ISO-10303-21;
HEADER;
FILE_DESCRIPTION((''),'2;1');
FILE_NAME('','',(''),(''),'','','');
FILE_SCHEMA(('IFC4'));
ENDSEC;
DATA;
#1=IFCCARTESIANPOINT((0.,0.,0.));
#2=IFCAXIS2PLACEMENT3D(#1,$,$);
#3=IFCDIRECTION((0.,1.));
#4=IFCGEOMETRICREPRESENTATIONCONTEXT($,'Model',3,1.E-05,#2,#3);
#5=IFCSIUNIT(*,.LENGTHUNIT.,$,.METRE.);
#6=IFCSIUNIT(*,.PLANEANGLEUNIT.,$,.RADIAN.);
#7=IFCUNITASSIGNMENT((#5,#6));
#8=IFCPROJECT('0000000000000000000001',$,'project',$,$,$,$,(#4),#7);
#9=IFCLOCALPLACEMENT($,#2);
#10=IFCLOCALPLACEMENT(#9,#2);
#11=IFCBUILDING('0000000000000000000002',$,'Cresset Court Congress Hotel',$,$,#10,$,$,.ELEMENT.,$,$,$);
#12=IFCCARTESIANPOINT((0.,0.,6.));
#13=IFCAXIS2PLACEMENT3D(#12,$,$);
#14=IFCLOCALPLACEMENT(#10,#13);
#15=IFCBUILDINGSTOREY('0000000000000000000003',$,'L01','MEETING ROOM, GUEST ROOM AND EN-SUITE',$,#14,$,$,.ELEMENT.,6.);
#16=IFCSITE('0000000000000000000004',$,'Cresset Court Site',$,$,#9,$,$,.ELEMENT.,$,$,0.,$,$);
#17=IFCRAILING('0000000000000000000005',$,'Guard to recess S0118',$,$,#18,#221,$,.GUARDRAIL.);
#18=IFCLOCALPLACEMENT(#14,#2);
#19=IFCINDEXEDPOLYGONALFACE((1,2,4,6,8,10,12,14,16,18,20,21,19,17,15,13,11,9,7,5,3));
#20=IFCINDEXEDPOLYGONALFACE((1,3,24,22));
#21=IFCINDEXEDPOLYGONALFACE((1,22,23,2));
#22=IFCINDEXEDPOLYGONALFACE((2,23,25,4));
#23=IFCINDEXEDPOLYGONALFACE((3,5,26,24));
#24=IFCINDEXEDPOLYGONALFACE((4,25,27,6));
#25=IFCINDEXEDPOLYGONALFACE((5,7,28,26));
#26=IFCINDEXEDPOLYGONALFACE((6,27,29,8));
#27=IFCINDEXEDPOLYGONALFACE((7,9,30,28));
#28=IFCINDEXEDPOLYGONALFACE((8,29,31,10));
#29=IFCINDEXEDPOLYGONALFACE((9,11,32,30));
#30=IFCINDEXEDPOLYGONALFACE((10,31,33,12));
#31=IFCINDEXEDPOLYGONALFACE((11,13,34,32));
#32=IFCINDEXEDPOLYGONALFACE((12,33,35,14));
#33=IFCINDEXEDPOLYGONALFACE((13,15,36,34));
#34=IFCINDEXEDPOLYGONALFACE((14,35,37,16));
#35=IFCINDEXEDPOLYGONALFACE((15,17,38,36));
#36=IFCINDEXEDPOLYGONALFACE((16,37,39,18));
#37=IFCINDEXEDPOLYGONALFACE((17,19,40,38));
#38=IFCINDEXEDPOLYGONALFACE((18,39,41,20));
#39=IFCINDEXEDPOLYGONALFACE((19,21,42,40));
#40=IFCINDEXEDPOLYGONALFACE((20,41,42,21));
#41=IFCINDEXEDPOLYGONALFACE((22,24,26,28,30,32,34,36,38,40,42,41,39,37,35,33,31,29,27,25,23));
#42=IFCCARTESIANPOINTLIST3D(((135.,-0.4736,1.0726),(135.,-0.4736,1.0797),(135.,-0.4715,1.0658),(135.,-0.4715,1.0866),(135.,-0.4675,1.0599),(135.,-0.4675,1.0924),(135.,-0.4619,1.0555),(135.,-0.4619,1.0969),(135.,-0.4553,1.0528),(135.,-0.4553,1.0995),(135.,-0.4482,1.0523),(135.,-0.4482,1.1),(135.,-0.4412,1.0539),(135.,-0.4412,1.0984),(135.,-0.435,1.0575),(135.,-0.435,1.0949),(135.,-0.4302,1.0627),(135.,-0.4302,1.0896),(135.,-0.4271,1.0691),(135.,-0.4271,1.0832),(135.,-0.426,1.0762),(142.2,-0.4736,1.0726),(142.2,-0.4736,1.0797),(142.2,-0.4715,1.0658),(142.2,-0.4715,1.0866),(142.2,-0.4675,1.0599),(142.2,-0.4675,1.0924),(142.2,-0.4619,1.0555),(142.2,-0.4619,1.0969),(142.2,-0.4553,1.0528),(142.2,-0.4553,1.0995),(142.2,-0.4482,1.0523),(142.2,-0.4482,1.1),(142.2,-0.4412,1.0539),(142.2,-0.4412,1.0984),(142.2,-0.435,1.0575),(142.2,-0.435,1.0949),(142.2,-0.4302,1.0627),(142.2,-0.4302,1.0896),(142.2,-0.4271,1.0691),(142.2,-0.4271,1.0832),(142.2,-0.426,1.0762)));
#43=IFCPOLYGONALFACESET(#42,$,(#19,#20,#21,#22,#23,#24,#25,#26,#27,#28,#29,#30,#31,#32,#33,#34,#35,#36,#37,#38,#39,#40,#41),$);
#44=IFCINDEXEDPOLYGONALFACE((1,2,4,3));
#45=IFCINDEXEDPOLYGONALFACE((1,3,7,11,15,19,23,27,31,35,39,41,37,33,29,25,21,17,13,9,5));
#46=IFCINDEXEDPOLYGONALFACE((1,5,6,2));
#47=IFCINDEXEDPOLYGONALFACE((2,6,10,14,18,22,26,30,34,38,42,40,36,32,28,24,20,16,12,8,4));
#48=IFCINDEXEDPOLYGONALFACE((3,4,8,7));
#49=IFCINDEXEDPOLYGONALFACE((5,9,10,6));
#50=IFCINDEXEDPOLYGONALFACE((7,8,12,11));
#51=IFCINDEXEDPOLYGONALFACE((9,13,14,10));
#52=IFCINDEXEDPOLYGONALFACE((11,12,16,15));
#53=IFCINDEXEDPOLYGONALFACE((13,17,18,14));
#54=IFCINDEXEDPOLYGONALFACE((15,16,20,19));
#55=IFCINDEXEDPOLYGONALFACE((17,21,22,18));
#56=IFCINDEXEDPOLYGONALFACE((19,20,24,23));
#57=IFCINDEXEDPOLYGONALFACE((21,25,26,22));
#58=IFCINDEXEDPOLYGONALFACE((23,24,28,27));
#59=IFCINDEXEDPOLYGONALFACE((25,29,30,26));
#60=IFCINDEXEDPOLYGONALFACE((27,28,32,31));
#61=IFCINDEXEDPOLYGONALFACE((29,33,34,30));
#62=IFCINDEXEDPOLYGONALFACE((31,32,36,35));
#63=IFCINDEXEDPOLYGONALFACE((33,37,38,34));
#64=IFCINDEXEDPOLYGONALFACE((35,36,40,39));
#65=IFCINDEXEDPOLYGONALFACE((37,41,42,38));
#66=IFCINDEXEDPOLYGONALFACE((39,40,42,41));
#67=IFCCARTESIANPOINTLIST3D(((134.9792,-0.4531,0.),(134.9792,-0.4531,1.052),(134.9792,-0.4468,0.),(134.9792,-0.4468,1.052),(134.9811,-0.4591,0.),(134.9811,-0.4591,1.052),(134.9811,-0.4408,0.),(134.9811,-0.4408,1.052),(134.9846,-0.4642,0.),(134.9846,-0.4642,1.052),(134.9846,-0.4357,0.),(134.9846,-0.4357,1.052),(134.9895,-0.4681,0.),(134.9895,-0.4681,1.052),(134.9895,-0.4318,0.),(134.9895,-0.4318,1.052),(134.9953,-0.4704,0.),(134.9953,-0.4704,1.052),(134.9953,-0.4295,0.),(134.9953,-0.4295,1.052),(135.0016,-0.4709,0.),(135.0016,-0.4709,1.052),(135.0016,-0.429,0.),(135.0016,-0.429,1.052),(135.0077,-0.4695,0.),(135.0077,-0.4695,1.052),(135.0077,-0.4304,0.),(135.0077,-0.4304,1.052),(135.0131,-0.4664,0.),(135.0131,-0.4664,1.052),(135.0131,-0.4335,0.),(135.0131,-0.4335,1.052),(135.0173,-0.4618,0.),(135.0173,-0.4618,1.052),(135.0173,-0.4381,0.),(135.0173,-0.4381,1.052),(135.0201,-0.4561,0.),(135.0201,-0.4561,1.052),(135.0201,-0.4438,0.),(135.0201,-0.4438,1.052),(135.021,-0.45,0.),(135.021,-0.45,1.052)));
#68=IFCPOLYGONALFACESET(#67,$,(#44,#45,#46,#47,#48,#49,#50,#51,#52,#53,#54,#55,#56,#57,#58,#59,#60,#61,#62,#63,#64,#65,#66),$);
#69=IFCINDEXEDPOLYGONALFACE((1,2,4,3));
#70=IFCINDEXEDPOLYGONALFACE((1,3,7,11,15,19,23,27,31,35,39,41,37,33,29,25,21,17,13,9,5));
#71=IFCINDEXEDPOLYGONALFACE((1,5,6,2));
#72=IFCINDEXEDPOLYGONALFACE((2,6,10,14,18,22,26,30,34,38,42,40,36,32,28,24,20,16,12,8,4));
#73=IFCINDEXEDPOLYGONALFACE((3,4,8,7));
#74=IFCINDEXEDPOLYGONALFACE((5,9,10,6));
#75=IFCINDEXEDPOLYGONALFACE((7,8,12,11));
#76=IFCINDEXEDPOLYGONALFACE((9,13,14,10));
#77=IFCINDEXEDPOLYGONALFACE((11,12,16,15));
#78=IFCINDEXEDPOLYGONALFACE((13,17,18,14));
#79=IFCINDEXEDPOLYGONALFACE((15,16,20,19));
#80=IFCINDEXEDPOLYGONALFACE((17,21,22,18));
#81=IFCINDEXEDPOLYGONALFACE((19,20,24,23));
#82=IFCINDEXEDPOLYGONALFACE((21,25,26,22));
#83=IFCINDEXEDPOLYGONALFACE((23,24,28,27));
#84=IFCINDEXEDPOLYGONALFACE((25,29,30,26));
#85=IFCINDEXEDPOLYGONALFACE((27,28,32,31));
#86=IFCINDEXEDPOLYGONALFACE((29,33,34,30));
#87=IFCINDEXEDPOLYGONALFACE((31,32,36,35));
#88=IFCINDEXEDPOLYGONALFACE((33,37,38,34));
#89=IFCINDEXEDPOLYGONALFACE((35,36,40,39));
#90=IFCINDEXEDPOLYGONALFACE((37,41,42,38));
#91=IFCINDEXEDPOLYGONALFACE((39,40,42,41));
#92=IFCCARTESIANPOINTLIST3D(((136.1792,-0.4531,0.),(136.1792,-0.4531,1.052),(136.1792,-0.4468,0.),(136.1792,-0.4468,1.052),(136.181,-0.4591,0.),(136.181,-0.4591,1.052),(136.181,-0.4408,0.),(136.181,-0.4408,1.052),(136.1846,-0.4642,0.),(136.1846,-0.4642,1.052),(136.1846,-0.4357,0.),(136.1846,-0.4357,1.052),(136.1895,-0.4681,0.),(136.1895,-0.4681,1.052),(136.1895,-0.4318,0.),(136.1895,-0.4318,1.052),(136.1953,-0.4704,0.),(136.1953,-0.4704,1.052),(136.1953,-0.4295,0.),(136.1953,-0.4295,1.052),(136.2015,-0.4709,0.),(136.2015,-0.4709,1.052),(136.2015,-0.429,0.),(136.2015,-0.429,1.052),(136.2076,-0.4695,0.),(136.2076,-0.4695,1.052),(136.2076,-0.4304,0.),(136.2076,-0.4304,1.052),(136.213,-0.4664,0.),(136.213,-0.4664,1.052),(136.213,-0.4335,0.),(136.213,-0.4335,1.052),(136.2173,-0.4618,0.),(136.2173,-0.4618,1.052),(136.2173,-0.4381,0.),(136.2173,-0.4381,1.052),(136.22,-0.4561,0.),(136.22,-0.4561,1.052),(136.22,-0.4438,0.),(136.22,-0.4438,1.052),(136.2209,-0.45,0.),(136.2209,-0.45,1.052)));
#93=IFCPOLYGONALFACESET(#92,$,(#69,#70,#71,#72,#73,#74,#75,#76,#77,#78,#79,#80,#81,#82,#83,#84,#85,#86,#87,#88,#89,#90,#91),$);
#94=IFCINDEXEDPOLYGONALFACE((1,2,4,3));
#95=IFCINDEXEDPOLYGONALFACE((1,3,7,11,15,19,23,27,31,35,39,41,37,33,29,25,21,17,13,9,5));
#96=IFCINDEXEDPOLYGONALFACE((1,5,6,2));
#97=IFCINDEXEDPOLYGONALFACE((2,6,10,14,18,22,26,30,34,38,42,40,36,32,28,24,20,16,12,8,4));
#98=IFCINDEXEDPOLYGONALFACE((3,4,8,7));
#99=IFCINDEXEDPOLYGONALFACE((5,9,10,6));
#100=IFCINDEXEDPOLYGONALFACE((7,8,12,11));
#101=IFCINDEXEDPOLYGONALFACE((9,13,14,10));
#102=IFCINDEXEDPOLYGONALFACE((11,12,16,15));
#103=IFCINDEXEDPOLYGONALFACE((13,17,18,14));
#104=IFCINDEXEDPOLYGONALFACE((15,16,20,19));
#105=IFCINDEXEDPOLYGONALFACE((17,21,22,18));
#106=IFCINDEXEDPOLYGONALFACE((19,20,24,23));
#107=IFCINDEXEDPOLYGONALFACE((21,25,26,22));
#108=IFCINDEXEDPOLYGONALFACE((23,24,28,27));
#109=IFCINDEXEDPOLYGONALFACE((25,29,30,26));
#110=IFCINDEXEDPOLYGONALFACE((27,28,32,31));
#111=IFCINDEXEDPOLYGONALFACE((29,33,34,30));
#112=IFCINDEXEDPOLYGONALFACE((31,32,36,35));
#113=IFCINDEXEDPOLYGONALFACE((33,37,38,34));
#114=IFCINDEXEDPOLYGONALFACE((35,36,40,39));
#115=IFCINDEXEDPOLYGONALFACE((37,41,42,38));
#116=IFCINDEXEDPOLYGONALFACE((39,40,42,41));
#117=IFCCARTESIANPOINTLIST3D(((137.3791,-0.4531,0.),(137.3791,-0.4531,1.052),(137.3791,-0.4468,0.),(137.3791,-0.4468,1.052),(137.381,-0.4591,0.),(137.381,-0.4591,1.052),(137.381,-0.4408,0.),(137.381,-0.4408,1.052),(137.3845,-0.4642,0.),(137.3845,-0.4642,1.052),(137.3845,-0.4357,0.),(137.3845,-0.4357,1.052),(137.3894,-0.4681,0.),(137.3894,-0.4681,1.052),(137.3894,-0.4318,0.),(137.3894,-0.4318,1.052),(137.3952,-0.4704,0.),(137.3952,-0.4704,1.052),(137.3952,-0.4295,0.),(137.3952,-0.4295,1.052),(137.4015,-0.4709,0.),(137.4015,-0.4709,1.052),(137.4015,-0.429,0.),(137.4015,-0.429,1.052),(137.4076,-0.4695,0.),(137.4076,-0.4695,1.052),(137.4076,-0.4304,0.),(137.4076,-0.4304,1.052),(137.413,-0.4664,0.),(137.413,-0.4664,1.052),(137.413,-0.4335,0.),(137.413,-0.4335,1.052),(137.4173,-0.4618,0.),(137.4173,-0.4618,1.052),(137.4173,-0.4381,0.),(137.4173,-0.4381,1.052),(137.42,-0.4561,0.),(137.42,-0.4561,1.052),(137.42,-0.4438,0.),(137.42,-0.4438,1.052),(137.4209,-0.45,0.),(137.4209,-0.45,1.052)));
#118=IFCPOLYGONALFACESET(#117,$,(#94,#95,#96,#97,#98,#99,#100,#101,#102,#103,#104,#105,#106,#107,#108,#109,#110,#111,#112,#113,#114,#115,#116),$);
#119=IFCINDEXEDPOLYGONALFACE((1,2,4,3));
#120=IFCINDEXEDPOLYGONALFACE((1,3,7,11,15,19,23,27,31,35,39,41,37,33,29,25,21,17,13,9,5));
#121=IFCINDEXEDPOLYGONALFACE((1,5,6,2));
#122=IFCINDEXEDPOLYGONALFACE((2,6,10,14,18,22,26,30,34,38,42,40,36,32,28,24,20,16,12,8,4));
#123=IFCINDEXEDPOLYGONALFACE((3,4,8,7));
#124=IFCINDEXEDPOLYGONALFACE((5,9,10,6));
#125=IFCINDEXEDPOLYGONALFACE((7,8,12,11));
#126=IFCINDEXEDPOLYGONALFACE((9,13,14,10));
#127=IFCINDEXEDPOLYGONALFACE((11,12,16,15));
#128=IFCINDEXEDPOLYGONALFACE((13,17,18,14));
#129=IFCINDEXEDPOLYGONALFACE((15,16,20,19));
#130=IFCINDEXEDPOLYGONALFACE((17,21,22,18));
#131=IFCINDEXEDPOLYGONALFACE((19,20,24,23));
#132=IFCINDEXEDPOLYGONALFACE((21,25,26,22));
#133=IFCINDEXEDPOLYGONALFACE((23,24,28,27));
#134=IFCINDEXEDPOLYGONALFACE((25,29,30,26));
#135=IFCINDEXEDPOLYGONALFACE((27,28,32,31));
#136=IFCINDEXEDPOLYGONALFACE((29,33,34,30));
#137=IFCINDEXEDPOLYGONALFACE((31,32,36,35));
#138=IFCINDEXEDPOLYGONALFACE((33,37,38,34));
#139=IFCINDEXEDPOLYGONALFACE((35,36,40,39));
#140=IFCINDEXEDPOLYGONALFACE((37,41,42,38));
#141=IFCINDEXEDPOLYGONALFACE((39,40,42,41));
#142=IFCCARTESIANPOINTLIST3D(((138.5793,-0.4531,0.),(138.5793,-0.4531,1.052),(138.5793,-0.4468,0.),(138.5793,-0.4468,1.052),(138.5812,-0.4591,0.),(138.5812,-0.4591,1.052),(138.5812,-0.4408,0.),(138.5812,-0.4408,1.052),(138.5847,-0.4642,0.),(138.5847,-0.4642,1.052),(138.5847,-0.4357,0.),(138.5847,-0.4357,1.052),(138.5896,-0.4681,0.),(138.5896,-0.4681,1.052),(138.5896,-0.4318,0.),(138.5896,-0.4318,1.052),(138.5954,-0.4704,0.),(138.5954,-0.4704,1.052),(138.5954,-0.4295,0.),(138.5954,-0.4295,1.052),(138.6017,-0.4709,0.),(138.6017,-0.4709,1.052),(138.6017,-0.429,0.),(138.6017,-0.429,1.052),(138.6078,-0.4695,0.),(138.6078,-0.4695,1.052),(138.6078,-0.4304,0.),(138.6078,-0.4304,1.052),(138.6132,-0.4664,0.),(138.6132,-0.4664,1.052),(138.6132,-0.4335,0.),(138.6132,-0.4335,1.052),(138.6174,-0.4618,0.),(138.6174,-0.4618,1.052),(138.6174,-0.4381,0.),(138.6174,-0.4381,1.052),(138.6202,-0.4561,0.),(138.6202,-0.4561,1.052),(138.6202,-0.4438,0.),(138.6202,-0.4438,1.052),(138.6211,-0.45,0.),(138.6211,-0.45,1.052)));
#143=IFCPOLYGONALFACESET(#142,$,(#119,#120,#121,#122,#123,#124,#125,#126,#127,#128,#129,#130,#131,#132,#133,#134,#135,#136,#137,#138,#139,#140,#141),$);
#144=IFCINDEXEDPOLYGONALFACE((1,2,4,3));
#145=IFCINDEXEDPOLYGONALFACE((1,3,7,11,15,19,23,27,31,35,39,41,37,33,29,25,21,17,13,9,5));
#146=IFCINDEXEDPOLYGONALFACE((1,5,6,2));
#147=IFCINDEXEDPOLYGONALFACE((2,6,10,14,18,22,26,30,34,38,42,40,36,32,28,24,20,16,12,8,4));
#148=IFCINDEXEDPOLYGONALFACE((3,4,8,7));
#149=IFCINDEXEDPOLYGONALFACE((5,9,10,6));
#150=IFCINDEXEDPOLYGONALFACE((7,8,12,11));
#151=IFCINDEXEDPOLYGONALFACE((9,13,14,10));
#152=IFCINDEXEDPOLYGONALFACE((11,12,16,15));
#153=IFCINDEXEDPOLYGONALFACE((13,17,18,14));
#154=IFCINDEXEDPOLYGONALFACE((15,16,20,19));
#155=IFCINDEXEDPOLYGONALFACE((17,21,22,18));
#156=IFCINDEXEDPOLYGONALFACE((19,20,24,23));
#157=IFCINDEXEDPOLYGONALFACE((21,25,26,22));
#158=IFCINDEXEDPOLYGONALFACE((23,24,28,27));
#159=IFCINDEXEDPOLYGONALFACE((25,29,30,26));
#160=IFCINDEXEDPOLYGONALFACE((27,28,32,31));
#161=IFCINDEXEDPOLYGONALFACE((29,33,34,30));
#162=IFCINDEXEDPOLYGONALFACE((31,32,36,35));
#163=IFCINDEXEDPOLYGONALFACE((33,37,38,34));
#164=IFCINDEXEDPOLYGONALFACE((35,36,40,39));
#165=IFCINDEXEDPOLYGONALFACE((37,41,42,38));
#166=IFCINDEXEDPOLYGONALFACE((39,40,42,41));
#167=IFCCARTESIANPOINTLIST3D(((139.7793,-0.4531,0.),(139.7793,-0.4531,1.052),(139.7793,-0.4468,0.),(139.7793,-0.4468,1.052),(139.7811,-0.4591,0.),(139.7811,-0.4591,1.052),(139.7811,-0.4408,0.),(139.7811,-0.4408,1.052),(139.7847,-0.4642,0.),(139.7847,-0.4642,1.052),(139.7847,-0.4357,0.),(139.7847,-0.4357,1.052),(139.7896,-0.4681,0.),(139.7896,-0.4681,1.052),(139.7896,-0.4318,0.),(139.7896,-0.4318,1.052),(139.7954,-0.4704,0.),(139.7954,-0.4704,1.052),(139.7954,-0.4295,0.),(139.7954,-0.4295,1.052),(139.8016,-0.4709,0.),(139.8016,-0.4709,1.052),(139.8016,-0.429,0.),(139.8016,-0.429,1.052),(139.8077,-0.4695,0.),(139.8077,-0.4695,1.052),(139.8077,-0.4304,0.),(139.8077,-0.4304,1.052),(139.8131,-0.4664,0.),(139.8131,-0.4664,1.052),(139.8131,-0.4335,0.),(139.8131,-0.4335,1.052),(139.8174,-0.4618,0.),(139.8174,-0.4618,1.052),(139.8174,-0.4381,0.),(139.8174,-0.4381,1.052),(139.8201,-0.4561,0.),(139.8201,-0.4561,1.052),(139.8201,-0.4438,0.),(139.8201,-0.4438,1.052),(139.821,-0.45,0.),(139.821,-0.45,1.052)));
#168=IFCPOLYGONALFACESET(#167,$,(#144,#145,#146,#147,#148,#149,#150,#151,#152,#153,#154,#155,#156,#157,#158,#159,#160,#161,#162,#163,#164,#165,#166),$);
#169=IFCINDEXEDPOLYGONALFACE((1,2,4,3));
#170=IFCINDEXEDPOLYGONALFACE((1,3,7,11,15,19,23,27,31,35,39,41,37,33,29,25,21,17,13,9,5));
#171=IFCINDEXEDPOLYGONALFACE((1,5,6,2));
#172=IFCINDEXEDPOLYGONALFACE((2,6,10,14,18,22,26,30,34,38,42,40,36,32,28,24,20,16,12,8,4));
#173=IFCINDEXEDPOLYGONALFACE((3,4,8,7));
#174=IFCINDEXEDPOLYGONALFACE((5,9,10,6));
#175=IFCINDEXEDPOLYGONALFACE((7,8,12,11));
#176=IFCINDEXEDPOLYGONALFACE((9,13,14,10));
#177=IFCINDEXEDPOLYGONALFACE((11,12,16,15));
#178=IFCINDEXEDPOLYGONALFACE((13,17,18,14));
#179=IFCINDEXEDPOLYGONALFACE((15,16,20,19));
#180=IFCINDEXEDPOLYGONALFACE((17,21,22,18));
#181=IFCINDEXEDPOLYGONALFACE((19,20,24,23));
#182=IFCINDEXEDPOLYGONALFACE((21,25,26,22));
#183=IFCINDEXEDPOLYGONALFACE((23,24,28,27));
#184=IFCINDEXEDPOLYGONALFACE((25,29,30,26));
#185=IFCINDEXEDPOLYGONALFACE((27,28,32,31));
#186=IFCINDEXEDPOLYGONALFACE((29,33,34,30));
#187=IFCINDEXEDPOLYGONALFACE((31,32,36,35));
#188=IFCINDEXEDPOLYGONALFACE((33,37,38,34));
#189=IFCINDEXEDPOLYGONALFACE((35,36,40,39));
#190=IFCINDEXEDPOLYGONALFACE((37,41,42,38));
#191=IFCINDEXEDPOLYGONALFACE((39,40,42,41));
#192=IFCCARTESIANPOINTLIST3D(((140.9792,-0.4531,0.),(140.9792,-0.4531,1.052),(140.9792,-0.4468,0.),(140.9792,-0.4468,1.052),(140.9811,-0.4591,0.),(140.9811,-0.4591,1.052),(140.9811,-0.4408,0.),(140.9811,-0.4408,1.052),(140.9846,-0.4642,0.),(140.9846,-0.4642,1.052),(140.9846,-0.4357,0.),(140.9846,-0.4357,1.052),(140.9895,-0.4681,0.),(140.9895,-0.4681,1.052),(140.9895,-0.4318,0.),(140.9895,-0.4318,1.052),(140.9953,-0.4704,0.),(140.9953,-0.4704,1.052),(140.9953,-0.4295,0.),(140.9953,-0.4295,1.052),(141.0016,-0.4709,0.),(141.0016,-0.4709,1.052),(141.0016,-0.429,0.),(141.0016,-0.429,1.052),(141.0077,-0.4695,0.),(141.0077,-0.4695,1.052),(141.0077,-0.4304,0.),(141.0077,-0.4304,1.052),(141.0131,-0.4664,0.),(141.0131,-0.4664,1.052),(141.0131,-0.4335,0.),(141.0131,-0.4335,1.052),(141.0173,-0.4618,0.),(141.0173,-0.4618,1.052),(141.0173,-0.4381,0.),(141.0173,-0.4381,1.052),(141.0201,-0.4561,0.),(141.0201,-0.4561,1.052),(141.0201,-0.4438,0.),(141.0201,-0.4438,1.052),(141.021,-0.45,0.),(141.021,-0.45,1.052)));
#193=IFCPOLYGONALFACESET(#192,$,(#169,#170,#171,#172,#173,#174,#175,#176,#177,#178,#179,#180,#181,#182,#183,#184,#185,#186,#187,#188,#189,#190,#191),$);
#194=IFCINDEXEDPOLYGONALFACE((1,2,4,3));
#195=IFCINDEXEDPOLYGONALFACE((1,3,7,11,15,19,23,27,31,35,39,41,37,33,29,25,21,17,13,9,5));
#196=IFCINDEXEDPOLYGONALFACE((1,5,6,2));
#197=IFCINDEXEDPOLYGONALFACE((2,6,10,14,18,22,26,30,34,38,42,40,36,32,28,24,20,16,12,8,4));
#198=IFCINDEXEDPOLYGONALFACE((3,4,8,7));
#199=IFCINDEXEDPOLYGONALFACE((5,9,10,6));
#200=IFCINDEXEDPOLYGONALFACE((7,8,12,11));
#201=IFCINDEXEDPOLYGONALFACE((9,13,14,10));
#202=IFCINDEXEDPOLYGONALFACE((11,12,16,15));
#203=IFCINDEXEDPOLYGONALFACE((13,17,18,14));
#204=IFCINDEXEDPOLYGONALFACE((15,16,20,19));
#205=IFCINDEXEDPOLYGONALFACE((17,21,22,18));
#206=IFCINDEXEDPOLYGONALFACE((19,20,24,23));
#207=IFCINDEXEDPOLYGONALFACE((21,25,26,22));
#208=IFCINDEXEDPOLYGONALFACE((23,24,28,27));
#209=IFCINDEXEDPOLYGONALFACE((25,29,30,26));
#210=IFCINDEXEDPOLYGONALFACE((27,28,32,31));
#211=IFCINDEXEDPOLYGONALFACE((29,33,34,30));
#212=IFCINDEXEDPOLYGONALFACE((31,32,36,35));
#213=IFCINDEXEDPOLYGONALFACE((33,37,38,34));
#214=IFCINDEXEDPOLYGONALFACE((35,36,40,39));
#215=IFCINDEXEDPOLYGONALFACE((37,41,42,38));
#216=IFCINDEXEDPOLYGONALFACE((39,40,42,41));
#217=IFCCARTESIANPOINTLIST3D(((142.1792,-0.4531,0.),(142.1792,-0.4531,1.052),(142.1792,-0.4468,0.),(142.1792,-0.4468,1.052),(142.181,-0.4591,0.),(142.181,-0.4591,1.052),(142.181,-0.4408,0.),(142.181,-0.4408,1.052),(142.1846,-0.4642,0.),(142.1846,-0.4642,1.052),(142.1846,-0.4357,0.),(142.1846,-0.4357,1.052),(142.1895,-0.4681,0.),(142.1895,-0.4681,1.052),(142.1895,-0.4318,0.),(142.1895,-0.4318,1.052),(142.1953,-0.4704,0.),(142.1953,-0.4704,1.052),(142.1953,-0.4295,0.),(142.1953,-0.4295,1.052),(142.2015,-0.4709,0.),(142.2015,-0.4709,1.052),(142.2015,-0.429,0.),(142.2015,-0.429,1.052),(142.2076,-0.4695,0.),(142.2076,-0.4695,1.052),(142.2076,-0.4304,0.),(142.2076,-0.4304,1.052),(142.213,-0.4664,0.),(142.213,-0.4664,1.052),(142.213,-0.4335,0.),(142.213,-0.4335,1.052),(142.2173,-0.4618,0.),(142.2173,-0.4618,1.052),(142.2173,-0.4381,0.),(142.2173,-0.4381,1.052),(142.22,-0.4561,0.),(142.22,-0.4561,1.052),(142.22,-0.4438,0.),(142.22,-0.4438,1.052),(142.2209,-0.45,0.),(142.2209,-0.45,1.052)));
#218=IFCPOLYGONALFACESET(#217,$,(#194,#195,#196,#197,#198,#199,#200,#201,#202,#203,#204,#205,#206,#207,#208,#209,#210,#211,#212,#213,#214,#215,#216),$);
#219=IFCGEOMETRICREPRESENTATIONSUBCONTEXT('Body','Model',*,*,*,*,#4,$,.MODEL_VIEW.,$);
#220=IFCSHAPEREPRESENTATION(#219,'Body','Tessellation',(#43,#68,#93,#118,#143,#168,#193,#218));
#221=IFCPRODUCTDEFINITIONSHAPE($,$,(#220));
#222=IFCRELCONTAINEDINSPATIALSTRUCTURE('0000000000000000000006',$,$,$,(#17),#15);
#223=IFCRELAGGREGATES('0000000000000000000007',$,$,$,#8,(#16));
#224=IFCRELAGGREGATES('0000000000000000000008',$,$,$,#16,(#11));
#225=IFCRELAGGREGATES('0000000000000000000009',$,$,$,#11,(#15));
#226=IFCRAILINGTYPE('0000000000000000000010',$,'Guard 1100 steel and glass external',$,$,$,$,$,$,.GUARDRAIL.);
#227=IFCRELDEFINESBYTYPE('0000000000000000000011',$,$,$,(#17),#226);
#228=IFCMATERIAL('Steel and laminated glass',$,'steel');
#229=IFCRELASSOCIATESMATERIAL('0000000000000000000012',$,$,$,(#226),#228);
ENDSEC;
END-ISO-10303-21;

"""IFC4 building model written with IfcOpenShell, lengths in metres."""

from ifc_helpers import new_model, si_unit, direction, frame, origin, origin_2d, place, context, subcontext, project, spatial, circle, extrude, material, type_object, element, save


model = new_model("IFC4")

# Units and contexts
model_context = context("Model", 3, precision=1e-05, world=origin(), true_north=direction((0.0, 1.0)))
body_context = subcontext(model_context, "Body", "Model", "MODEL_VIEW")
ifc_project = project(units=[si_unit("LENGTHUNIT", "METRE"), si_unit("PLANEANGLEUNIT", "RADIAN")], contexts=[model_context])

# Site, building, storey
site_placement = place(None, origin())
site = spatial("IfcSite", under=ifc_project, at=site_placement, Name="Cresset Court Site", CompositionType="ELEMENT", RefElevation=0.0)
building_placement = place(site_placement, origin())
building = spatial("IfcBuilding", under=site, at=building_placement, Name="Cresset Court Congress Hotel", CompositionType="ELEMENT")
storey_placement = place(building_placement, frame((0.0, 0.0, 6.0)))
storey = spatial("IfcBuildingStorey", under=building, at=storey_placement, Name="L01", Description="MEETING ROOM, GUEST ROOM AND EN-SUITE", CompositionType="ELEMENT", Elevation=6.0)

# Railing
ifc_material_1 = material(Name="Steel and laminated glass", Category="steel")
railing_type = type_object("IfcRailingType", Name="Guard 1100 steel and glass external", PredefinedType="GUARDRAIL", material=ifc_material_1)
railing_placement = place(storey_placement, frame((135.0, -0.45, 0.0)))
element("IfcRailing", 1, at=railing_placement, inside=storey, type_object=railing_type, Name="Guard to recess S0118", PredefinedType="GUARDRAIL", context=body_context, shape_type="SweptSolid", body=[
    extrude(circle(Radius=0.0239, at=origin_2d()), frame((0.0, 0.0, 1.0762), z_axis=(1.0, 0.0, 0.0), x_axis=(0.0, 1.0, 0.0)), (0.0, 0.0, 1.0), 7.2),
    extrude(circle(Radius=0.021, at=origin_2d()), origin(), (0.0, 0.0, 1.0), 1.052),
    extrude(circle(Radius=0.021, at=origin_2d()), frame((1.2, 0.0, 0.0)), (0.0, 0.0, 1.0), 1.052),
    extrude(circle(Radius=0.021, at=origin_2d()), frame((2.3999, 0.0, 0.0)), (0.0, 0.0, 1.0), 1.052),
    extrude(circle(Radius=0.021, at=origin_2d()), frame((3.6001, 0.0, 0.0)), (0.0, 0.0, 1.0), 1.052),
    extrude(circle(Radius=0.021, at=origin_2d()), frame((4.8, 0.0, 0.0)), (0.0, 0.0, 1.0), 1.052),
    extrude(circle(Radius=0.021, at=origin_2d()), frame((6.0, 0.0, 0.0)), (0.0, 0.0, 1.0), 1.052),
    extrude(circle(Radius=0.021, at=origin_2d()), frame((7.2, 0.0, 0.0)), (0.0, 0.0, 1.0), 1.052),
])

save(model, "model.ifc")
